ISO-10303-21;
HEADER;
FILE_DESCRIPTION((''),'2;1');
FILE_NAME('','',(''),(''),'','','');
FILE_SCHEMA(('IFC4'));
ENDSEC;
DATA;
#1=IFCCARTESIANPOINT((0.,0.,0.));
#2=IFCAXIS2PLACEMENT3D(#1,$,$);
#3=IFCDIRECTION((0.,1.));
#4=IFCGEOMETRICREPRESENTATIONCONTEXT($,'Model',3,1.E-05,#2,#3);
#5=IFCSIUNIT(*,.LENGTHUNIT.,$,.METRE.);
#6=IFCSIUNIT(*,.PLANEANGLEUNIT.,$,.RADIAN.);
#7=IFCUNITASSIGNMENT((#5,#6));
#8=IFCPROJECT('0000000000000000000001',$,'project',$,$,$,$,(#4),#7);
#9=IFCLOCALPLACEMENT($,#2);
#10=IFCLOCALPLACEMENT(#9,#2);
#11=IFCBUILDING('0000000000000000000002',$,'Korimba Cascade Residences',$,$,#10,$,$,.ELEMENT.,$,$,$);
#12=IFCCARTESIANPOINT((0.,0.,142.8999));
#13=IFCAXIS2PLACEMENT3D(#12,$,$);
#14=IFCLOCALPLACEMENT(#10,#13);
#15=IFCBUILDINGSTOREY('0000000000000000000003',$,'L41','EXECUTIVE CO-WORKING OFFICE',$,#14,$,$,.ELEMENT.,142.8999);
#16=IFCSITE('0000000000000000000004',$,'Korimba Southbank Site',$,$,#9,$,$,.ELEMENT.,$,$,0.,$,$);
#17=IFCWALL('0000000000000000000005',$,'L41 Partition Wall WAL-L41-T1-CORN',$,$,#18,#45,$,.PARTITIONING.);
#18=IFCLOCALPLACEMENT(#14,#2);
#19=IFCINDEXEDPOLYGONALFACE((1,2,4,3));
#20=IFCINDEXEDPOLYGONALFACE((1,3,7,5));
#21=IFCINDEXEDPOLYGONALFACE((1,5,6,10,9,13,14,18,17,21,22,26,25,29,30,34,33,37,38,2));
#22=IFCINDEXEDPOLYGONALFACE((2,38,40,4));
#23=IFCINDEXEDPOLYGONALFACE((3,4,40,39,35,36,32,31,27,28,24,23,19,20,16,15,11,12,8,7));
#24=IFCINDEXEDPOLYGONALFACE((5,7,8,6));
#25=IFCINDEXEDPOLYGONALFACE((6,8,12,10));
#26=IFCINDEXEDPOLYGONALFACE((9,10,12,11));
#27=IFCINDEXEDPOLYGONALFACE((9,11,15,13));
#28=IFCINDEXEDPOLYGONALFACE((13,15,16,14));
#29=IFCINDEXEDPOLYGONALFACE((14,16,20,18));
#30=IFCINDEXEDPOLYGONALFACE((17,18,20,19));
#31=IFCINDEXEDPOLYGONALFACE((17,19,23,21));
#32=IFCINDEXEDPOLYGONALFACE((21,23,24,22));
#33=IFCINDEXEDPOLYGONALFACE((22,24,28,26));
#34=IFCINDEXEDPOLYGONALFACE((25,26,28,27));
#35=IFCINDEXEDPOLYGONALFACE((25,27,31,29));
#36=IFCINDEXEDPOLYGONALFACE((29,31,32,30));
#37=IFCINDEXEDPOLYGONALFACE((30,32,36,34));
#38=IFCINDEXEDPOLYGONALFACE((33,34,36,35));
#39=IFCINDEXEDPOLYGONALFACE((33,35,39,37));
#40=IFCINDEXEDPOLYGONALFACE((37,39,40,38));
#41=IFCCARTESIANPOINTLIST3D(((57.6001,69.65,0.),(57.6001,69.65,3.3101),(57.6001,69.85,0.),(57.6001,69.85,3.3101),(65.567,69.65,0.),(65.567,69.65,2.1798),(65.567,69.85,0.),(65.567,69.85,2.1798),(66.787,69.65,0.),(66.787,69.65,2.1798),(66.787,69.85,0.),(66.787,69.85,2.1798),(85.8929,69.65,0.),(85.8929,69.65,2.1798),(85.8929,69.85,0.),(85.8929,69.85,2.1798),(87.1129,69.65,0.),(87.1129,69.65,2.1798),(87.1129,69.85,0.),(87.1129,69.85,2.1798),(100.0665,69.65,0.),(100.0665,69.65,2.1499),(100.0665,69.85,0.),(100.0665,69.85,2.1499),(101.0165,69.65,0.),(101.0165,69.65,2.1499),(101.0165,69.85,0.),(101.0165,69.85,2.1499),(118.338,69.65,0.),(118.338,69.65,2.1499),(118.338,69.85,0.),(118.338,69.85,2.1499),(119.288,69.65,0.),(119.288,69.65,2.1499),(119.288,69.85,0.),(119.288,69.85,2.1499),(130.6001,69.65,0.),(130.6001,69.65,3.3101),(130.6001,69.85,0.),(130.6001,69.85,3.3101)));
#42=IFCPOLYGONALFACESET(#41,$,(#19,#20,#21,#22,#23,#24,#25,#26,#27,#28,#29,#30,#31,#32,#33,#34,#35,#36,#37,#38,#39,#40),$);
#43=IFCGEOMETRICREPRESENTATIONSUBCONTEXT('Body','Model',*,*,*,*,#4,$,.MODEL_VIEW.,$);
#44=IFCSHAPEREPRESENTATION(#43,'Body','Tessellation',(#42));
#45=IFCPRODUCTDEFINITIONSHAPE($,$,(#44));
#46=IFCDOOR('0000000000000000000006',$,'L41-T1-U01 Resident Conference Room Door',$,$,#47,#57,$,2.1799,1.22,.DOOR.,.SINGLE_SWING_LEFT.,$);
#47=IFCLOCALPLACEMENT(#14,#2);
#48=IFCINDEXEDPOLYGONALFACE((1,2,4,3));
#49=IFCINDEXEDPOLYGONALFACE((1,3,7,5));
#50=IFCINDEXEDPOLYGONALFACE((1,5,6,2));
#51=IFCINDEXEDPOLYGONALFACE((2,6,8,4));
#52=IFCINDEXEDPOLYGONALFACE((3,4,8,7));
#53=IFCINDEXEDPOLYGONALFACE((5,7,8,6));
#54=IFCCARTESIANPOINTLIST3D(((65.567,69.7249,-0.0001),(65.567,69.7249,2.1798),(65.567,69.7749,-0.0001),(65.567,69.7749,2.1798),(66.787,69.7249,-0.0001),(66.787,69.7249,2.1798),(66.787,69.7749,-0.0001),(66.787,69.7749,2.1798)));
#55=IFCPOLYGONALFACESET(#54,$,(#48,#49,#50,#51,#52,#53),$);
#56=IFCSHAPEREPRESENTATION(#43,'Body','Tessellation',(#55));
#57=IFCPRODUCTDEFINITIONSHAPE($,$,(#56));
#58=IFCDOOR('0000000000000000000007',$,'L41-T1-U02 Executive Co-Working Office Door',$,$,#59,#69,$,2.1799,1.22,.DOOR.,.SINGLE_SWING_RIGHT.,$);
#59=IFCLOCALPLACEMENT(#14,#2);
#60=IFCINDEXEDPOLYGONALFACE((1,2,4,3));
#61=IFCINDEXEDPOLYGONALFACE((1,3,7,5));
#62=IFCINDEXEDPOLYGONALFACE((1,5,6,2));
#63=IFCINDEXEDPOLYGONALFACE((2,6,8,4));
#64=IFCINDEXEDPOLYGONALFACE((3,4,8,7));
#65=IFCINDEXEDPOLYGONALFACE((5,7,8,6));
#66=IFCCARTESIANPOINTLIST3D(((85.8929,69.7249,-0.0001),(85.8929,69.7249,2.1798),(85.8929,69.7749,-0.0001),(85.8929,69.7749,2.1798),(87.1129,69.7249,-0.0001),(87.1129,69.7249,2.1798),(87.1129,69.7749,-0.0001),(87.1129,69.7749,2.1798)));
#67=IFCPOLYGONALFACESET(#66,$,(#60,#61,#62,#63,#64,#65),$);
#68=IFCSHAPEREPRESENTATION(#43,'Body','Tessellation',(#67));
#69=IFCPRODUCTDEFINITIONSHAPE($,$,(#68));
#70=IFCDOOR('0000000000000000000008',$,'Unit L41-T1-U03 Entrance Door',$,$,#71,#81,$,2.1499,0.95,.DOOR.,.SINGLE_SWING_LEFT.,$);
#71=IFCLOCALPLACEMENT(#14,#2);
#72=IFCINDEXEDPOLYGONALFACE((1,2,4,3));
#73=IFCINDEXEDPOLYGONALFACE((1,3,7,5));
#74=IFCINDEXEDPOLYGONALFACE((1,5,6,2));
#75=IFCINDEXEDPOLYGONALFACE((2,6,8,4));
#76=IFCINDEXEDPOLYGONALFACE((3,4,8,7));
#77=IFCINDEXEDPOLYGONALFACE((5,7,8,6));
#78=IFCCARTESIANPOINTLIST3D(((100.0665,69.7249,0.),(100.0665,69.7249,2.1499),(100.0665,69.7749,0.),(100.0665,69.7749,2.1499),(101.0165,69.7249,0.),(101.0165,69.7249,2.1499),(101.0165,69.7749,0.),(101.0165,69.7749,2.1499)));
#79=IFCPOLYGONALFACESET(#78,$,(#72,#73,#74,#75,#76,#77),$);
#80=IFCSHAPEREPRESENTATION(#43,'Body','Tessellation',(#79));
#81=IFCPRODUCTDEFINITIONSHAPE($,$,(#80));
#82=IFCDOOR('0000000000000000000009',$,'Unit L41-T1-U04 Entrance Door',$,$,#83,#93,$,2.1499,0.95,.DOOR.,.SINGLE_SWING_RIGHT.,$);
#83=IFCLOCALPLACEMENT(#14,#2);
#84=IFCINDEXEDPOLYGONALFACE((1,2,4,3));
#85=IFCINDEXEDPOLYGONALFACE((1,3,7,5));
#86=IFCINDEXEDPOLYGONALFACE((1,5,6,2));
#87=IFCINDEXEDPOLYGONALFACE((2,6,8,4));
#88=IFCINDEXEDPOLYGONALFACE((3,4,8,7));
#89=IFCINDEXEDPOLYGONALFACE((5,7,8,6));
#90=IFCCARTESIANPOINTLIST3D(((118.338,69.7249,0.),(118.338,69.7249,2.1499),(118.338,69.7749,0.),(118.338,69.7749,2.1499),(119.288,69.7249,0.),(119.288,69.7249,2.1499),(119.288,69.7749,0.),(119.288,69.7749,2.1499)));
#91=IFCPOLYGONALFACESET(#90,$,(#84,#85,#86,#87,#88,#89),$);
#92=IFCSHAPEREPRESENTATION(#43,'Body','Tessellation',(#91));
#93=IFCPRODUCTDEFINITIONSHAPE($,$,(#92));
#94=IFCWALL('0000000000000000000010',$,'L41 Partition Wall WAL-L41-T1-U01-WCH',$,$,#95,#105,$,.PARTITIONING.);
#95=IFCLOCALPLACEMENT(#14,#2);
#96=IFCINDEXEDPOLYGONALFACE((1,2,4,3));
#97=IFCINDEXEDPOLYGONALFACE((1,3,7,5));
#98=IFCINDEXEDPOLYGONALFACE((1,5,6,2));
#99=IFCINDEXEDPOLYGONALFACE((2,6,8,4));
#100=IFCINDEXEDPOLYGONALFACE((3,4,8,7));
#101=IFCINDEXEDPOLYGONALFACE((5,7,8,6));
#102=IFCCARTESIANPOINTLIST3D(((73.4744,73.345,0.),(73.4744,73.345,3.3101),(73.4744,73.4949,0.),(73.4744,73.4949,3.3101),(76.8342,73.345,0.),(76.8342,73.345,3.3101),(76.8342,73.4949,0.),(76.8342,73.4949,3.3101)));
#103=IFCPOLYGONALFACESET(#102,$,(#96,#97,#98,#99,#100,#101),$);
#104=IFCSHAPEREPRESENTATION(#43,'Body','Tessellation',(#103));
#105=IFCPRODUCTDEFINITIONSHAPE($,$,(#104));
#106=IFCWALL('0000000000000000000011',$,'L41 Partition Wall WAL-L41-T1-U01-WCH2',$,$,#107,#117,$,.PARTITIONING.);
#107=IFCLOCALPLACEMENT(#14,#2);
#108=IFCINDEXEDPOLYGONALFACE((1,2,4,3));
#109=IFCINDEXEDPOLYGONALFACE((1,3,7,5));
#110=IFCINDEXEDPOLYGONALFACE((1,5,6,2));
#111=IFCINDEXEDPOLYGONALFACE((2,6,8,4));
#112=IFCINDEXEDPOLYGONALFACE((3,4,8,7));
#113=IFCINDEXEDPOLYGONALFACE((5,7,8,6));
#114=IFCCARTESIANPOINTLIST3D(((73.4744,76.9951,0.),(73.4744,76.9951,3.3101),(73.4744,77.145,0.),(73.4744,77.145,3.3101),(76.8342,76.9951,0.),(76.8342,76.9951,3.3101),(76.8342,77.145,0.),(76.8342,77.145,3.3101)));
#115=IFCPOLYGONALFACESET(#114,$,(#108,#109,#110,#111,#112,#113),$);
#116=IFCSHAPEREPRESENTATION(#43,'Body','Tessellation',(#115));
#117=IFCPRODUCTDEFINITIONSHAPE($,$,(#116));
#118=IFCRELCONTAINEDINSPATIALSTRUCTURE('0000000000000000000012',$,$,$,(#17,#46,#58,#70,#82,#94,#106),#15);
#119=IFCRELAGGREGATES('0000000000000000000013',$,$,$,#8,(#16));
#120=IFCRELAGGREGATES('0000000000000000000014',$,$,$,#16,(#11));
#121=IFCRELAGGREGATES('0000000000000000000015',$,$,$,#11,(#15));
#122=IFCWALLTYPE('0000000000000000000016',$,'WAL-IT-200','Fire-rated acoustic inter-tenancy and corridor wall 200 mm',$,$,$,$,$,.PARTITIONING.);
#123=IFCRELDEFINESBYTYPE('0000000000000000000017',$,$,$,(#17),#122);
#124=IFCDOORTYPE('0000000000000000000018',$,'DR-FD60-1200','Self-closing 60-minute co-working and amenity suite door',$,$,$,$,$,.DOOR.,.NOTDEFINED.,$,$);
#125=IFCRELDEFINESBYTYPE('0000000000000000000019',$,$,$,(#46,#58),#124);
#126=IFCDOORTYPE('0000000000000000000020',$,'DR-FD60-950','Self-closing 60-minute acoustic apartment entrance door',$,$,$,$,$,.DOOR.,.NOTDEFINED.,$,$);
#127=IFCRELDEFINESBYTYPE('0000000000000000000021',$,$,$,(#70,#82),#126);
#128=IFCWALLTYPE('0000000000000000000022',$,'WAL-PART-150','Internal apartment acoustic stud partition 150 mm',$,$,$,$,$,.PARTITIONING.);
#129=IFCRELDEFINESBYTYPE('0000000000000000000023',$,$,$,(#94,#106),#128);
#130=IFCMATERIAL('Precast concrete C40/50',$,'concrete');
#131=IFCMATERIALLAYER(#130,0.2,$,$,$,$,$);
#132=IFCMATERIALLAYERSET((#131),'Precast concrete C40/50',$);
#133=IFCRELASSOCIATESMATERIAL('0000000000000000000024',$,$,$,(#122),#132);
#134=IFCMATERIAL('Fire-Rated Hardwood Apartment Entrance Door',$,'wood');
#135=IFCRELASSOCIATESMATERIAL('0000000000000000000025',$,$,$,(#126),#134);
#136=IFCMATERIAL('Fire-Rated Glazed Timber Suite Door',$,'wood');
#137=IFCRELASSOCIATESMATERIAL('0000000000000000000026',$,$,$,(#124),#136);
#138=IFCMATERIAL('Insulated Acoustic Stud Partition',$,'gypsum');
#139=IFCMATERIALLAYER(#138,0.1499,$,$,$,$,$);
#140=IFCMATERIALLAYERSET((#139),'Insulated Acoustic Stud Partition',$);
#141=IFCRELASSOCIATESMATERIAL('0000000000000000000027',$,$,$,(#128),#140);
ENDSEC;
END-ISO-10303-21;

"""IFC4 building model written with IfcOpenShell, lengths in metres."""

from ifc_helpers import new_model, si_unit, direction, frame, frame_2d, origin, place, context, subcontext, project, spatial, rectangle, extrude, material, layer, layer_set, type_object, element, fill, save


model = new_model("IFC4")

# Units and contexts
model_context = context("Model", 3, precision=1e-05, world=origin(), true_north=direction((0.0, 1.0)))
body_context = subcontext(model_context, "Body", "Model", "MODEL_VIEW")
ifc_project = project(units=[si_unit("LENGTHUNIT", "METRE"), si_unit("PLANEANGLEUNIT", "RADIAN")], contexts=[model_context])

# Site, building, storey
site_placement = place(None, origin())
site = spatial("IfcSite", under=ifc_project, at=site_placement, Name="Korimba Southbank Site", CompositionType="ELEMENT", RefElevation=0.0)
building_placement = place(site_placement, origin())
building = spatial("IfcBuilding", under=site, at=building_placement, Name="Korimba Cascade Residences", CompositionType="ELEMENT")
storey_placement = place(building_placement, frame((0.0, 0.0, 142.8999)))
storey = spatial("IfcBuildingStorey", under=building, at=storey_placement, Name="L41", Description="EXECUTIVE CO-WORKING OFFICE", CompositionType="ELEMENT", Elevation=142.8999)

# Shared definitions
ifc_material_1 = material(Name="Precast concrete C40/50", Category="concrete")
ifc_layer_1 = layer(ifc_material_1, 0.2)
ifc_layer_set_1 = layer_set([ifc_layer_1], Name="Precast concrete C40/50")
wall_type_1 = type_object("IfcWallType", Name="WAL-IT-200", Description="Fire-rated acoustic inter-tenancy and corridor wall 200 mm", PredefinedType="PARTITIONING", material=ifc_layer_set_1)
ifc_material_2 = material(Name="Fire-Rated Hardwood Apartment Entrance Door", Category="wood")
door_type_1 = type_object("IfcDoorType", Name="DR-FD60-950", Description="Self-closing 60-minute acoustic apartment entrance door", OperationType="NOTDEFINED", PredefinedType="DOOR", material=ifc_material_2)

# Wall, openings, doors
wall_1_placement = place(storey_placement, frame((57.6001, 69.75, 0.0), z_axis=(0.0, 0.0, 1.0), x_axis=(1.0, 0.0, 0.0)))
wall_1 = element("IfcWall", 1, at=wall_1_placement, inside=storey, type_object=wall_type_1, Name="L41 Partition Wall WAL-L41-T1-CORN", PredefinedType="PARTITIONING", context=body_context, shape_type="SweptSolid", body=[
    extrude(rectangle(XDim=73.0, YDim=0.2, at=frame_2d((36.5, 0.0))), origin(), (0.0, 0.0, 1.0), 3.3101),
])
opening_1_placement = place(wall_1_placement, frame((7.967, 0.0, 0.0)))
opening_1 = element("IfcOpeningElement", 2, at=opening_1_placement, cuts=wall_1, PredefinedType="OPENING", context=body_context, shape_type="SweptSolid", body=[
    extrude(rectangle(XDim=1.22, YDim=2.1799, at=frame_2d((0.6099, 1.0898))), frame((0.0, 0.1099, 0.0), z_axis=(0.0, -1.0, 0.0), x_axis=(1.0, 0.0, 0.0)), (0.0, 0.0, 1.0), 0.22),
])
opening_2_placement = place(wall_1_placement, frame((28.293, 0.0, 0.0)))
opening_2 = element("IfcOpeningElement", 3, at=opening_2_placement, cuts=wall_1, PredefinedType="OPENING", context=body_context, shape_type="SweptSolid", body=[
    extrude(rectangle(XDim=1.22, YDim=2.1799, at=frame_2d((0.6099, 1.0898))), frame((0.0, 0.1099, 0.0), z_axis=(0.0, -1.0, 0.0), x_axis=(1.0, 0.0, 0.0)), (0.0, 0.0, 1.0), 0.22),
])
opening_3_placement = place(wall_1_placement, frame((42.4663, 0.0, 0.0)))
opening_3 = element("IfcOpeningElement", 4, at=opening_3_placement, cuts=wall_1, PredefinedType="OPENING", context=body_context, shape_type="SweptSolid", body=[
    extrude(rectangle(XDim=0.95, YDim=2.1499, at=frame_2d((0.4751, 1.075))), frame((0.0, 0.1099, 0.0), z_axis=(0.0, -1.0, 0.0), x_axis=(1.0, 0.0, 0.0)), (0.0, 0.0, 1.0), 0.22),
])
opening_4_placement = place(wall_1_placement, frame((60.7378, 0.0, 0.0)))
opening_4 = element("IfcOpeningElement", 5, at=opening_4_placement, cuts=wall_1, PredefinedType="OPENING", context=body_context, shape_type="SweptSolid", body=[
    extrude(rectangle(XDim=0.95, YDim=2.1499, at=frame_2d((0.4751, 1.075))), frame((0.0, 0.1099, 0.0), z_axis=(0.0, -1.0, 0.0), x_axis=(1.0, 0.0, 0.0)), (0.0, 0.0, 1.0), 0.22),
])
ifc_material_3 = material(Name="Fire-Rated Glazed Timber Suite Door", Category="wood")
door_type_2 = type_object("IfcDoorType", Name="DR-FD60-1200", Description="Self-closing 60-minute co-working and amenity suite door", OperationType="NOTDEFINED", PredefinedType="DOOR", material=ifc_material_3)
door_1_placement = place(opening_1_placement, origin())
door_1 = element("IfcDoor", 6, at=door_1_placement, inside=storey, type_object=door_type_2, Name="L41-T1-U01 Resident Conference Room Door", OperationType="SINGLE_SWING_LEFT", OverallHeight=2.1799, OverallWidth=1.22, PredefinedType="DOOR", context=body_context, shape_type="SweptSolid", body=[
    extrude(rectangle(XDim=1.22, YDim=2.1799, at=frame_2d((0.6099, 1.0898))), frame((0.0, 0.0249, 0.0), z_axis=(0.0, -1.0, 0.0), x_axis=(1.0, 0.0, 0.0)), (0.0, 0.0, 1.0), 0.05),
])
fill(opening_1, door_1)
door_2_placement = place(opening_2_placement, origin())
door_2 = element("IfcDoor", 7, at=door_2_placement, inside=storey, type_object=door_type_2, Name="L41-T1-U02 Executive Co-Working Office Door", OperationType="SINGLE_SWING_RIGHT", OverallHeight=2.1799, OverallWidth=1.22, PredefinedType="DOOR", context=body_context, shape_type="SweptSolid", body=[
    extrude(rectangle(XDim=1.22, YDim=2.1799, at=frame_2d((0.6099, 1.0898))), frame((0.0, 0.0249, 0.0), z_axis=(0.0, -1.0, 0.0), x_axis=(1.0, 0.0, 0.0)), (0.0, 0.0, 1.0), 0.05),
])
fill(opening_2, door_2)
door_3_placement = place(opening_3_placement, origin())
door_3 = element("IfcDoor", 8, at=door_3_placement, inside=storey, type_object=door_type_1, Name="Unit L41-T1-U03 Entrance Door", OperationType="SINGLE_SWING_LEFT", OverallHeight=2.1499, OverallWidth=0.95, PredefinedType="DOOR", context=body_context, shape_type="SweptSolid", body=[
    extrude(rectangle(XDim=0.95, YDim=2.1499, at=frame_2d((0.4751, 1.075))), frame((0.0, 0.0249, 0.0), z_axis=(0.0, -1.0, 0.0), x_axis=(1.0, 0.0, 0.0)), (0.0, 0.0, 1.0), 0.05),
])
fill(opening_3, door_3)
door_4_placement = place(opening_4_placement, origin())
door_4 = element("IfcDoor", 9, at=door_4_placement, inside=storey, type_object=door_type_1, Name="Unit L41-T1-U04 Entrance Door", OperationType="SINGLE_SWING_RIGHT", OverallHeight=2.1499, OverallWidth=0.95, PredefinedType="DOOR", context=body_context, shape_type="SweptSolid", body=[
    extrude(rectangle(XDim=0.95, YDim=2.1499, at=frame_2d((0.4751, 1.075))), frame((0.0, 0.0249, 0.0), z_axis=(0.0, -1.0, 0.0), x_axis=(1.0, 0.0, 0.0)), (0.0, 0.0, 1.0), 0.05),
])
fill(opening_4, door_4)

# Walls
ifc_material_4 = material(Name="Insulated Acoustic Stud Partition", Category="gypsum")
ifc_layer_2 = layer(ifc_material_4, 0.1499)
ifc_layer_set_2 = layer_set([ifc_layer_2], Name="Insulated Acoustic Stud Partition")
wall_type_2 = type_object("IfcWallType", Name="WAL-PART-150", Description="Internal apartment acoustic stud partition 150 mm", PredefinedType="PARTITIONING", material=ifc_layer_set_2)
for number, where, z_axis, x_axis, name in (
    (10, (73.4744, 73.4199, 0.0), (0.0, 0.0, 1.0), (1.0, 0.0, 0.0), "L41 Partition Wall WAL-L41-T1-U01-WCH"),
    (11, (73.4744, 77.0701, 0.0), (0.0, 0.0, 1.0), (1.0, 0.0, 0.0), "L41 Partition Wall WAL-L41-T1-U01-WCH2"),
):
    element("IfcWall", number, at=place(storey_placement, frame(where, z_axis=z_axis, x_axis=x_axis)), inside=storey, type_object=wall_type_2, Name=name, PredefinedType="PARTITIONING", context=body_context, shape_type="SweptSolid", body=[
        extrude(rectangle(XDim=3.3599, YDim=0.1499, at=frame_2d((1.6799, 0.0))), origin(), (0.0, 0.0, 1.0), 3.3101),
    ])

save(model, "model.ifc")
